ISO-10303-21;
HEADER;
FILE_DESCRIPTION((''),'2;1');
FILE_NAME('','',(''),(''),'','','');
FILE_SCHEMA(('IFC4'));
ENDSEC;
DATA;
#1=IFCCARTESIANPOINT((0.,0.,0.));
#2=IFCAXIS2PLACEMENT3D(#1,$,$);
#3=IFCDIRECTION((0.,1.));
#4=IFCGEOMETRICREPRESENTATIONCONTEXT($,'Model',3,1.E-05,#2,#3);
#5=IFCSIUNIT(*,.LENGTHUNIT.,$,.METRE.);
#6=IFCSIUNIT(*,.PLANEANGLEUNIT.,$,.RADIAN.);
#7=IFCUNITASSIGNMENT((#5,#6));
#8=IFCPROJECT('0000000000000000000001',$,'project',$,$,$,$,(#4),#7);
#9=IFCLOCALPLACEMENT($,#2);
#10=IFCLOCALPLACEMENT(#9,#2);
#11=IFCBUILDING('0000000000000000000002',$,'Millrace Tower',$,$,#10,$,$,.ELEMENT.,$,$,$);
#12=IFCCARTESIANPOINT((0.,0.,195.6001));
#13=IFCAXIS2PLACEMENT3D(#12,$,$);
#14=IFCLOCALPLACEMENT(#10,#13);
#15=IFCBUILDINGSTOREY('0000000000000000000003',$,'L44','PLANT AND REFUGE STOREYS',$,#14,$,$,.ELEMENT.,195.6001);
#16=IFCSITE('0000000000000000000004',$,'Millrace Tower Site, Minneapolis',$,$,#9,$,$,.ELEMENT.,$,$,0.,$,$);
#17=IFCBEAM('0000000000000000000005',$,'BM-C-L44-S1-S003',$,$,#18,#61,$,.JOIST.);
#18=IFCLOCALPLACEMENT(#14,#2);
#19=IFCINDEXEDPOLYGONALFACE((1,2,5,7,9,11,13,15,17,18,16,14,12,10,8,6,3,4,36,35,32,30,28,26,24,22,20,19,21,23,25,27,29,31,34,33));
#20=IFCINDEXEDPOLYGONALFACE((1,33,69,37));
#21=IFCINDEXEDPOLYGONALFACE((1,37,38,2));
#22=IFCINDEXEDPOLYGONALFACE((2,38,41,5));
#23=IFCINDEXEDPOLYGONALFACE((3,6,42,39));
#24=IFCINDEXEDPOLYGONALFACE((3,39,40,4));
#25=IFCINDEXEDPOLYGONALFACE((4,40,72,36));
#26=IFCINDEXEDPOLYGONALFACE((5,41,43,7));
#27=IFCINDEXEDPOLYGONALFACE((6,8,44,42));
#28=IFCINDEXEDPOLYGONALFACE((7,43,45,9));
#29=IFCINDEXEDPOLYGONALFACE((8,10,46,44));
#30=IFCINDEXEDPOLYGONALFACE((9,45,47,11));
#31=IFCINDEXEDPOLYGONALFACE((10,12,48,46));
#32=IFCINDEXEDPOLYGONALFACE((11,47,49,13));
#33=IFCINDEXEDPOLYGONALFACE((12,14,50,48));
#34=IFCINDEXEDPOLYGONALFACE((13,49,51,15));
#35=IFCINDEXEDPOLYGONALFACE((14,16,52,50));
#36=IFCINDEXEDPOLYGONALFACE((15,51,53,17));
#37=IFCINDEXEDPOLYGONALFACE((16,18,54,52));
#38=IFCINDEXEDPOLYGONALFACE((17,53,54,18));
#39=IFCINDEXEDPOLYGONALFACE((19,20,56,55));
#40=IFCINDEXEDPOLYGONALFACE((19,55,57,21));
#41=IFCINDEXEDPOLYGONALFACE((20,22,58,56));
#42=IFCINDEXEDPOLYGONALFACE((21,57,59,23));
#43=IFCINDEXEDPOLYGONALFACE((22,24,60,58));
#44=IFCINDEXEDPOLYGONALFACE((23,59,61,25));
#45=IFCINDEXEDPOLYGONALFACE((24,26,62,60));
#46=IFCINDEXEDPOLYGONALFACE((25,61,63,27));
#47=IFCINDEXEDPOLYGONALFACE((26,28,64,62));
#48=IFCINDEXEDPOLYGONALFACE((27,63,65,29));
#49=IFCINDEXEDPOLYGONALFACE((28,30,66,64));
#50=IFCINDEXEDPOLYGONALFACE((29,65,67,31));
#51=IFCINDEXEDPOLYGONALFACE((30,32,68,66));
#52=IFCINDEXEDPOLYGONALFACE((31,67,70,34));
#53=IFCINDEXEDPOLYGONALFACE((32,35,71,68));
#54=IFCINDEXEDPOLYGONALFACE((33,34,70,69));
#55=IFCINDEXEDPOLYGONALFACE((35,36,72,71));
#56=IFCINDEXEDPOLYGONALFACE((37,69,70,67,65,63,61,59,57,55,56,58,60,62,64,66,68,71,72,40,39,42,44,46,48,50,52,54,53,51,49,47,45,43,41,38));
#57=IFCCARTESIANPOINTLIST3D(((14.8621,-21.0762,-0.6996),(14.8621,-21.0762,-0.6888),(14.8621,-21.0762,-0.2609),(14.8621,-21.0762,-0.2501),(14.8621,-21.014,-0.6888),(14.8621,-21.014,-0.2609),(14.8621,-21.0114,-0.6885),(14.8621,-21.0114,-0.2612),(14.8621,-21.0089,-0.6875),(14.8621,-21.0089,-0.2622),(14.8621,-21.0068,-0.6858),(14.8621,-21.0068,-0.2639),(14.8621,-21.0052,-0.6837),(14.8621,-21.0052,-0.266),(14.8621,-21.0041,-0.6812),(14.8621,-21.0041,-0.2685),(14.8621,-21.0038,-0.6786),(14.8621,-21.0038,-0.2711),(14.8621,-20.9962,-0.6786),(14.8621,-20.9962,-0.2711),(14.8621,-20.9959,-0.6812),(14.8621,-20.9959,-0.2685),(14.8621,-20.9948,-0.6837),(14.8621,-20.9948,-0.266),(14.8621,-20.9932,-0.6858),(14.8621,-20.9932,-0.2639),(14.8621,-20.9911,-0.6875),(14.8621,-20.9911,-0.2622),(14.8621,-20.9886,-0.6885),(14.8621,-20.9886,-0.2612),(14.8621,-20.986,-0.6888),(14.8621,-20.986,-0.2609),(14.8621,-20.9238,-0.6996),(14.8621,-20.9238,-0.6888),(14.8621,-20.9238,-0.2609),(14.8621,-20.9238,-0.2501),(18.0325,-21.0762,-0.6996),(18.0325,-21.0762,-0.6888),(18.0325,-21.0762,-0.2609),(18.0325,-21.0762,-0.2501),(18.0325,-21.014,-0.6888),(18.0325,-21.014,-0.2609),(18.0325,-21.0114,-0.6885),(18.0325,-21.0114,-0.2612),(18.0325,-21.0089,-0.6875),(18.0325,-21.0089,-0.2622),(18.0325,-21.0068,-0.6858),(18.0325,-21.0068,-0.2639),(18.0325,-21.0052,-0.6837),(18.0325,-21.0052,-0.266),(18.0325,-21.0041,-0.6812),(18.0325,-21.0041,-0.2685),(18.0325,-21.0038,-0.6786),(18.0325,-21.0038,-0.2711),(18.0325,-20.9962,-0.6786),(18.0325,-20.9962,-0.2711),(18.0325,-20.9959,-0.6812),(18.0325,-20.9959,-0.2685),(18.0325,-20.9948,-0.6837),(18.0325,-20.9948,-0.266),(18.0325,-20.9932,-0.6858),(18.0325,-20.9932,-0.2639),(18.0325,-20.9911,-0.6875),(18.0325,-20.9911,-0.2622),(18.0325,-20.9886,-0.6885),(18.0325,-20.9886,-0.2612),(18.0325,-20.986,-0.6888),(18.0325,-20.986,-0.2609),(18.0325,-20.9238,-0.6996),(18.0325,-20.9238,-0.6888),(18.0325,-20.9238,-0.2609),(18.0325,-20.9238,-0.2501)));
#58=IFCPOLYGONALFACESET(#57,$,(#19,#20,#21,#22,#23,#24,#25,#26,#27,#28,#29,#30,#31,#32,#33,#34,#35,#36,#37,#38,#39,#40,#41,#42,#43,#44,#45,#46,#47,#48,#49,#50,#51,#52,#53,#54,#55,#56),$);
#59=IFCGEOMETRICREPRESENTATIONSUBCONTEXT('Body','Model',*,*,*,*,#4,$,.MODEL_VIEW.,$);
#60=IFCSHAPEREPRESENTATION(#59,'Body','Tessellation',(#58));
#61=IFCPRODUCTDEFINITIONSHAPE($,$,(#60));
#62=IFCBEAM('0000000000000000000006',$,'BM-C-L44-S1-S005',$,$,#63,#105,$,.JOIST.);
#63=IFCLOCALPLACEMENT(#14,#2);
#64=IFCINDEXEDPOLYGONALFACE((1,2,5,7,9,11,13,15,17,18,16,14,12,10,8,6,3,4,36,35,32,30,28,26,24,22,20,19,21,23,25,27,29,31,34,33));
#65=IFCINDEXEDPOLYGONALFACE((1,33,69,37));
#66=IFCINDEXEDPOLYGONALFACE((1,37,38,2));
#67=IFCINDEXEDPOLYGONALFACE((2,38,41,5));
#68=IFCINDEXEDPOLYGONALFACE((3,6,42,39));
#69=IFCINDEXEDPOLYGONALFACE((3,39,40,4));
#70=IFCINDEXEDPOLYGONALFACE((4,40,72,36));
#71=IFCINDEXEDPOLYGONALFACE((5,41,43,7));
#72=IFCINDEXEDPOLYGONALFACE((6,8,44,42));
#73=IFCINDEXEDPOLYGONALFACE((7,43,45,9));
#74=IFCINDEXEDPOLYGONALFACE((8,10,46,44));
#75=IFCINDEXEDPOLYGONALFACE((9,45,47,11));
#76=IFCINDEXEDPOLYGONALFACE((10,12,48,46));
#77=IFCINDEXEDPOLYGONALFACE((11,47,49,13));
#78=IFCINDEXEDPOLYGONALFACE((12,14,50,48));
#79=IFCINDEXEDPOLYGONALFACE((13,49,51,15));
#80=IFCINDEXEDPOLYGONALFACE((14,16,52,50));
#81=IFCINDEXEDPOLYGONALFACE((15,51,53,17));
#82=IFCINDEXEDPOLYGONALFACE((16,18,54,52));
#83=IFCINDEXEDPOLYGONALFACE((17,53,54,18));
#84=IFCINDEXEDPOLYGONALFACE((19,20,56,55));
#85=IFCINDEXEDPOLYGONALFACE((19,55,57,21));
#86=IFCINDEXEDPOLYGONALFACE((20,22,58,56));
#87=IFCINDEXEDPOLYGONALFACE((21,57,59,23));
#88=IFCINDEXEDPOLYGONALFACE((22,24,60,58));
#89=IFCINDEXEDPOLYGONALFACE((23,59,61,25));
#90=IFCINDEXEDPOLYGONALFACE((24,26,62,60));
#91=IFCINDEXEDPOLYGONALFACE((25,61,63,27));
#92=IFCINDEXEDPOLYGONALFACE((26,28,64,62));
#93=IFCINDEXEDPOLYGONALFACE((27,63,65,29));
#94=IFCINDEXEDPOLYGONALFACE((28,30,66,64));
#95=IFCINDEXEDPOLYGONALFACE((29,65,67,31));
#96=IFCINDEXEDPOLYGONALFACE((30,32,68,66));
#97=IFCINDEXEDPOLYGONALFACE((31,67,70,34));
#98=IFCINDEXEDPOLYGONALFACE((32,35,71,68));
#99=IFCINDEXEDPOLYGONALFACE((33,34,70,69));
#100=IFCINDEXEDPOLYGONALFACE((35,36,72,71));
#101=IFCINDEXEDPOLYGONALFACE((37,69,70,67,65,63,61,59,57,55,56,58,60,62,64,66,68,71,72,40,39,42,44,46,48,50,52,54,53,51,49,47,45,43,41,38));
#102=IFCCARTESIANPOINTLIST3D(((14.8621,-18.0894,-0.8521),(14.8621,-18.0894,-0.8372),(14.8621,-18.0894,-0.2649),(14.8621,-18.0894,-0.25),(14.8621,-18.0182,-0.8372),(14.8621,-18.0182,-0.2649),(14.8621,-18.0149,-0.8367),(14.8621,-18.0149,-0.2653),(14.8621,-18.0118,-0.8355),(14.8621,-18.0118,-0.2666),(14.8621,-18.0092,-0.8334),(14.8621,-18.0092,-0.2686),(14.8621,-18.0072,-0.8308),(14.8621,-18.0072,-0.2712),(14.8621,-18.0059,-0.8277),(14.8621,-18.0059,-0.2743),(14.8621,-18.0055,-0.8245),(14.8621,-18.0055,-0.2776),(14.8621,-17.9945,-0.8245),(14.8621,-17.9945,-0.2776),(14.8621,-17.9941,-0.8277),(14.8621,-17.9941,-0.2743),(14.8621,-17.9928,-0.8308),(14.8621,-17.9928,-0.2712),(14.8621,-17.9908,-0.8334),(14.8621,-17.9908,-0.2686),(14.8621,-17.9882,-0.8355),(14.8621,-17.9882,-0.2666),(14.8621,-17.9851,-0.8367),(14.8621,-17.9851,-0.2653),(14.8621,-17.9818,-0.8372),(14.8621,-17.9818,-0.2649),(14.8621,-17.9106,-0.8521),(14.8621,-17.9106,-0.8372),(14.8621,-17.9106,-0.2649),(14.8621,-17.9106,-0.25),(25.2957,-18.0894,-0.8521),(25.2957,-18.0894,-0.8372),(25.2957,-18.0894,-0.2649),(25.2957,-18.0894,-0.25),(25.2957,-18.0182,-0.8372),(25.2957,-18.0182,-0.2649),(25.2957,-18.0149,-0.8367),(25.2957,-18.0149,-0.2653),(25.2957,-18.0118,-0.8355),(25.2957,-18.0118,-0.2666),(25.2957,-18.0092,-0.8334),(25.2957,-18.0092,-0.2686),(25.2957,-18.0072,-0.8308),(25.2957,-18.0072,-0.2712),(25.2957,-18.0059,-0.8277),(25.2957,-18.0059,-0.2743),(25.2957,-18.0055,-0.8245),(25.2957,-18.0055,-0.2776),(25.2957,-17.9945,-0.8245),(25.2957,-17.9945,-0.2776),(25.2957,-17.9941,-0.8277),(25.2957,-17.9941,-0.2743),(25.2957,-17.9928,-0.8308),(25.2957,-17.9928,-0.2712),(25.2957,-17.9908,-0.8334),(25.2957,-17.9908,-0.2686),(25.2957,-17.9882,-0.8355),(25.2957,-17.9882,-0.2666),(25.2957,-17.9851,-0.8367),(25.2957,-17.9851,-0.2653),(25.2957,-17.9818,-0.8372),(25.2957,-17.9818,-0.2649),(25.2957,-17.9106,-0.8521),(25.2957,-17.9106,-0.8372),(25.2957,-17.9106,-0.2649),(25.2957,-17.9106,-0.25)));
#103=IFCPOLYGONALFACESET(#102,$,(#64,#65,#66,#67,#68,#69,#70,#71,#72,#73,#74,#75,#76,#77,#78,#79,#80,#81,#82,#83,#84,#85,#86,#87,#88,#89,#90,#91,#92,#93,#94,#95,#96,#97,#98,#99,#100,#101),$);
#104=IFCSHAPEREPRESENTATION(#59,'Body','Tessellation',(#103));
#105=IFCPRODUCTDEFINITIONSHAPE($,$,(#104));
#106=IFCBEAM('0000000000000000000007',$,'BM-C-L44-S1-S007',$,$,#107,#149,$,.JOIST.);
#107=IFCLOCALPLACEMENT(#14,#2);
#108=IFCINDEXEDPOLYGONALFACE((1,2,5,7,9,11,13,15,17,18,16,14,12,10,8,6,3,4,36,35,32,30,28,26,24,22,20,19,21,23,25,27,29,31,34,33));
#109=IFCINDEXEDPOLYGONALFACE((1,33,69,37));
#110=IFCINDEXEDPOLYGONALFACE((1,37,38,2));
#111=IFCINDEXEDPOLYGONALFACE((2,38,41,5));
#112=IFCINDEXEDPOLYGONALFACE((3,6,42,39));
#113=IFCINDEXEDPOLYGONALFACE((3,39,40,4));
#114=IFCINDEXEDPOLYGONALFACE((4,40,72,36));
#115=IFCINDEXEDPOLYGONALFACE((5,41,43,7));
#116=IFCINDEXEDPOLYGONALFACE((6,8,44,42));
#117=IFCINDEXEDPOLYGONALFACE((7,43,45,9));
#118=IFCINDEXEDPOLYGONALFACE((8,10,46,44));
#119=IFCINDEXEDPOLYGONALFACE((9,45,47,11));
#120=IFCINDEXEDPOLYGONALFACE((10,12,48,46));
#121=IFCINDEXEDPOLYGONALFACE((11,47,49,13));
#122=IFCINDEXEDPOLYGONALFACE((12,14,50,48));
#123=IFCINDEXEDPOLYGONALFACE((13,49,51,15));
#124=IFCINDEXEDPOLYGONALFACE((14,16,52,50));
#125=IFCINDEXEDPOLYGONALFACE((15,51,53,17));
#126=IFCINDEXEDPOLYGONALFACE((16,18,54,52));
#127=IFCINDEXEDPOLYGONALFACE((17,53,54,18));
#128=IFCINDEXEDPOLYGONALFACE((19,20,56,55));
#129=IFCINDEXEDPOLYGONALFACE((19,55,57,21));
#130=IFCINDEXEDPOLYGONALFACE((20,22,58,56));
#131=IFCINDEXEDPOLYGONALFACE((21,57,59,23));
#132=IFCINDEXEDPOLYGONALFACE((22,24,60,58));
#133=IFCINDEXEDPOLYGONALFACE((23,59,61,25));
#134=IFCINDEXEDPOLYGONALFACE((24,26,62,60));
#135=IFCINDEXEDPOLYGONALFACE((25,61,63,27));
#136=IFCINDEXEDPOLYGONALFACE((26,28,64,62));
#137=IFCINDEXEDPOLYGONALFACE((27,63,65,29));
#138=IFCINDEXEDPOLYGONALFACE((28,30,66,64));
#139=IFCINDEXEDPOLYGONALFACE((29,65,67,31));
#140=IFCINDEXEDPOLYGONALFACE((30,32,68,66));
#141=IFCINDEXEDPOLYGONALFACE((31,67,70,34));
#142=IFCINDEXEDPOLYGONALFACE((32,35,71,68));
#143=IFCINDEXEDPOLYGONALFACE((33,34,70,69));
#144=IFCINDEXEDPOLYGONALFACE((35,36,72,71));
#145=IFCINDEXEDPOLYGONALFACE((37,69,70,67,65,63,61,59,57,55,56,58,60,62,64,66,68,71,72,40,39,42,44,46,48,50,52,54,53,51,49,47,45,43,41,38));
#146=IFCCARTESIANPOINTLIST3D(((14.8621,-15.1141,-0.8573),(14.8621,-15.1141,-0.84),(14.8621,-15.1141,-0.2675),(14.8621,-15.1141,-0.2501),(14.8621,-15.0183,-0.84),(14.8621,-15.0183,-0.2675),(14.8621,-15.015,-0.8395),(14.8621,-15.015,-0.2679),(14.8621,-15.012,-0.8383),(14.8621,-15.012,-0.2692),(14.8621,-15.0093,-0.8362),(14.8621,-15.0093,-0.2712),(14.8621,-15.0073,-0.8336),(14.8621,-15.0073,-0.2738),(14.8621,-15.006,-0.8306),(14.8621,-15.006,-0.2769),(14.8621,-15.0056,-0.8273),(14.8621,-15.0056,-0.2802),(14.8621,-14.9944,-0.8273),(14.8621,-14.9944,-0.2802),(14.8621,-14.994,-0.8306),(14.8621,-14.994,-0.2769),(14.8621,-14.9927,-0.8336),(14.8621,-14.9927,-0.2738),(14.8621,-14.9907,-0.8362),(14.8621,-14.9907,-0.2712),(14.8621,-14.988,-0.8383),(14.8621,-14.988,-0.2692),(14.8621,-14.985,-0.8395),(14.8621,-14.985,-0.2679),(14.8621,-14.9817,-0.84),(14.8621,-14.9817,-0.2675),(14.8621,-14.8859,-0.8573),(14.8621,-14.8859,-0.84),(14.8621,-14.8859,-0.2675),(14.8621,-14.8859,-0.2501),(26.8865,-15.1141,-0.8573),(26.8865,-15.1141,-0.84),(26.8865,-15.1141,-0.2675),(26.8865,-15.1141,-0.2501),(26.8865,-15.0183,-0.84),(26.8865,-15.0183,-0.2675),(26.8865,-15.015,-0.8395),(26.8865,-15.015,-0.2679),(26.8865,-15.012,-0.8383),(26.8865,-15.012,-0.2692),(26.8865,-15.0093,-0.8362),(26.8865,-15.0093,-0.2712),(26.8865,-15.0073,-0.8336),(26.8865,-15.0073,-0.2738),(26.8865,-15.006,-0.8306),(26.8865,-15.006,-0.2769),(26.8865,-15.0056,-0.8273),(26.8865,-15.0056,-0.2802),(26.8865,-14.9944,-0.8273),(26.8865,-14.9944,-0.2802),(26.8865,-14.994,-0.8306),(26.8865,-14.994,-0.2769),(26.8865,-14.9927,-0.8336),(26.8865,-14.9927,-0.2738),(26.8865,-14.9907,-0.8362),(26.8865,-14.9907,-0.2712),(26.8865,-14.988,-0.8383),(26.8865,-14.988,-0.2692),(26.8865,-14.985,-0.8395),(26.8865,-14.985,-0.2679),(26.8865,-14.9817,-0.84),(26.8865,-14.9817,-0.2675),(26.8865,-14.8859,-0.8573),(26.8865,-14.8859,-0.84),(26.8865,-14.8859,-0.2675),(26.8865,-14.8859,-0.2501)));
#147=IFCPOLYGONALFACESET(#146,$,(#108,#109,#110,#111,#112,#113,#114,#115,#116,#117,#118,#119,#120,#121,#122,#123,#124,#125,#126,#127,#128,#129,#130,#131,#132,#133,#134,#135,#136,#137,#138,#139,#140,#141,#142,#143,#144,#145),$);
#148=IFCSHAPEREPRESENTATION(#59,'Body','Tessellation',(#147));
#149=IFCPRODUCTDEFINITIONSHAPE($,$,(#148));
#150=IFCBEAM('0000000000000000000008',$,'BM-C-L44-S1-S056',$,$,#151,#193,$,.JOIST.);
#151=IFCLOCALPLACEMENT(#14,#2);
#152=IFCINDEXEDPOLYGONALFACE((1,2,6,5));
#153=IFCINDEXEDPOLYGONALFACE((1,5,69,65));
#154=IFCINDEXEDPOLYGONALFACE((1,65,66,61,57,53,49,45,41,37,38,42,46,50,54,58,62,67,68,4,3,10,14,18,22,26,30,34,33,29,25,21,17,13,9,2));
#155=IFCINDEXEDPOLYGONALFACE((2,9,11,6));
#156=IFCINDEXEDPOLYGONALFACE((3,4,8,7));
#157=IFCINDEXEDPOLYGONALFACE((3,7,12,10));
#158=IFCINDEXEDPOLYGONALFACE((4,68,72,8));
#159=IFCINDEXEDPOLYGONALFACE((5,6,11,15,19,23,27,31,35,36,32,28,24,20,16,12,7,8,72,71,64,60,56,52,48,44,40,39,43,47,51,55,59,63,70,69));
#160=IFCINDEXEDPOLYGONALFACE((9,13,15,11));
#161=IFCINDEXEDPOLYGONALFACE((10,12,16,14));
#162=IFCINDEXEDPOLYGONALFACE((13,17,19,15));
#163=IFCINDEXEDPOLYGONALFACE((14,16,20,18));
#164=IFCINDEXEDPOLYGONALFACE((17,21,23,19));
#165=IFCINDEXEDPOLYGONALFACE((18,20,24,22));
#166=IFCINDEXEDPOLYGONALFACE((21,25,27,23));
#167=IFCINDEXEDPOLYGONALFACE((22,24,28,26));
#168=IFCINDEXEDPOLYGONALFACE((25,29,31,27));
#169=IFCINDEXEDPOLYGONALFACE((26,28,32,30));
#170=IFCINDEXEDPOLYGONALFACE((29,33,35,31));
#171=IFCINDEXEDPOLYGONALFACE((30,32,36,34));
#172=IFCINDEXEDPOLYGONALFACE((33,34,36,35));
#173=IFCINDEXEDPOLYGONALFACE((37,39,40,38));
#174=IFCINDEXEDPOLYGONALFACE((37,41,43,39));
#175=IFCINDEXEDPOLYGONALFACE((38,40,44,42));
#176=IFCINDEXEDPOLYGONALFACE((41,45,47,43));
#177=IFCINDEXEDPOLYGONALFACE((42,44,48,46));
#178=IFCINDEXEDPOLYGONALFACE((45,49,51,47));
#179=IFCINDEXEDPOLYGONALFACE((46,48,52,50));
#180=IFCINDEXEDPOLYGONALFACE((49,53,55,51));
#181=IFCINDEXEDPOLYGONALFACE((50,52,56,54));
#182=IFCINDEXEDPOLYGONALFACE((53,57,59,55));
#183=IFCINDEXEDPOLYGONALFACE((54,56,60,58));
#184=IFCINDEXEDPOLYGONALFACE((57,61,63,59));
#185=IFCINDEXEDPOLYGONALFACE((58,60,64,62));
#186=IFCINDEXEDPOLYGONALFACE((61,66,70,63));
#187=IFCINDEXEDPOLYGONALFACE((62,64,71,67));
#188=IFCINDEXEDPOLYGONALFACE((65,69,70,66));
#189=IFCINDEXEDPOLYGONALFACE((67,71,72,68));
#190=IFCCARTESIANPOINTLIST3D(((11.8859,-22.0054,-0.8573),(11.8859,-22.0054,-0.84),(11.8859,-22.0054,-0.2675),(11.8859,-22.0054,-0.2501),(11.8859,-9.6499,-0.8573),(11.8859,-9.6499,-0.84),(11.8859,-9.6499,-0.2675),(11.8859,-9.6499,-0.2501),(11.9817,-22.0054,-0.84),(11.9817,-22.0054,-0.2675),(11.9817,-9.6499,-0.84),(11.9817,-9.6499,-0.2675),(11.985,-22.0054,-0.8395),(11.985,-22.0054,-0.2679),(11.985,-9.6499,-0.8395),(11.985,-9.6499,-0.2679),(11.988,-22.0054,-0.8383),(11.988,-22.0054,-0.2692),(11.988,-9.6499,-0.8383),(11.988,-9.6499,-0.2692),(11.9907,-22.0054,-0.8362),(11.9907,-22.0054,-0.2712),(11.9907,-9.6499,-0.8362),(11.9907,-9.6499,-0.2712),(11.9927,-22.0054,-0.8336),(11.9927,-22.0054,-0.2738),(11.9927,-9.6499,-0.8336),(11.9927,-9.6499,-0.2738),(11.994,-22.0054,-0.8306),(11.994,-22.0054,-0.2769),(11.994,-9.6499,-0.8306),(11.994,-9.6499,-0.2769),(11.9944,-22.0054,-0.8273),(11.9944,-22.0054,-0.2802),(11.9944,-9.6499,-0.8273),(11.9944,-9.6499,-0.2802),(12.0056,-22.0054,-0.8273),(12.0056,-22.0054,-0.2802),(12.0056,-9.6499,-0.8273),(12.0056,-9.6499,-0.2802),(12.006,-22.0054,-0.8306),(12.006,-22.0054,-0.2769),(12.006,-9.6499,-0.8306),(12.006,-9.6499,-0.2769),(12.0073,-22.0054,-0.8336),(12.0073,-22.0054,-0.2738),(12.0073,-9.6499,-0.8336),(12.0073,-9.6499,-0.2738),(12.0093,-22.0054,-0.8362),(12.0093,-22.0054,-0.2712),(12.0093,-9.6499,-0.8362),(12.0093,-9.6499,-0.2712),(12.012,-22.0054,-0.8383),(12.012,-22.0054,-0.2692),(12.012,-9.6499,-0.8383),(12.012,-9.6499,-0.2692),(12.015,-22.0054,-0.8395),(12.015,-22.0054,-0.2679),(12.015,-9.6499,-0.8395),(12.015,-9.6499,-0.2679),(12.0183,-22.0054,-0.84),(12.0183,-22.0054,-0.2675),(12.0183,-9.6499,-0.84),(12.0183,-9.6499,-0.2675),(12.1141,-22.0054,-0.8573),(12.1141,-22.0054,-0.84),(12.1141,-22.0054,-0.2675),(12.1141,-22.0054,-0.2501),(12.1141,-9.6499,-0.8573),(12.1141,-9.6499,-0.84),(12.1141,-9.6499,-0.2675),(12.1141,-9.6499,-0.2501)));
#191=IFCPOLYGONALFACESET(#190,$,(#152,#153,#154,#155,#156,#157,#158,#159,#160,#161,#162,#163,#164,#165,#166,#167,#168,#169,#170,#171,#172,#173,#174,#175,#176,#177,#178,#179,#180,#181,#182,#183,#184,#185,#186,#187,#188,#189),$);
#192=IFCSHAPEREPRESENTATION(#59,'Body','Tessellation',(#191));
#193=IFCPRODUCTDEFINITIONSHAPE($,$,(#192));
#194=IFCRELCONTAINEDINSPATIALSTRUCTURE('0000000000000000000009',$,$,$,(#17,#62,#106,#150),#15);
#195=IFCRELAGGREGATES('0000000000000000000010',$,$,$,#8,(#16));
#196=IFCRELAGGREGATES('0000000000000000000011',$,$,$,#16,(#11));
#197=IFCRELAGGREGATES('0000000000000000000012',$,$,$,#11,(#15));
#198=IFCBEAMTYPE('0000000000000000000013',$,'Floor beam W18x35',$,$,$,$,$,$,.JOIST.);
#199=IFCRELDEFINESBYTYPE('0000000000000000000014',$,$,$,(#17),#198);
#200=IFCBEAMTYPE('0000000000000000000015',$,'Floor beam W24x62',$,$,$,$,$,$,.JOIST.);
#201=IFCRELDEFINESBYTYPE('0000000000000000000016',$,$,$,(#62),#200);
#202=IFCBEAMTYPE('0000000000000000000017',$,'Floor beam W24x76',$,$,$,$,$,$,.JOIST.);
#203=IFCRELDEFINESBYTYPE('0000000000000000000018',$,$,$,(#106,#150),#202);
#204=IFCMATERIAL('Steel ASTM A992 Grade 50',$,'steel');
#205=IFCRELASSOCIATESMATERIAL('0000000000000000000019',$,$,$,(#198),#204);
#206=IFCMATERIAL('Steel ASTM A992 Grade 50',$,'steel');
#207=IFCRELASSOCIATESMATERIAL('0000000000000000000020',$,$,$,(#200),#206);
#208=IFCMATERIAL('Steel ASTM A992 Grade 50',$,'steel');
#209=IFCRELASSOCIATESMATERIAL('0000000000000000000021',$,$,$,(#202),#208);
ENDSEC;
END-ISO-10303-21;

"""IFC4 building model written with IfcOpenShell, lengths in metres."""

from ifc_helpers import new_model, si_unit, direction, frame, origin, origin_2d, place, context, subcontext, project, spatial, i_section, extrude, material, material_profile, profile_set, type_object, element, save


model = new_model("IFC4")

# Units and contexts
model_context = context("Model", 3, precision=1e-05, world=origin(), true_north=direction((0.0, 1.0)))
body_context = subcontext(model_context, "Body", "Model", "MODEL_VIEW")
ifc_project = project(units=[si_unit("LENGTHUNIT", "METRE"), si_unit("PLANEANGLEUNIT", "RADIAN")], contexts=[model_context])

# Site, building, storey
site_placement = place(None, origin())
site = spatial("IfcSite", under=ifc_project, at=site_placement, Name="Millrace Tower Site, Minneapolis", CompositionType="ELEMENT", RefElevation=0.0)
building_placement = place(site_placement, origin())
building = spatial("IfcBuilding", under=site, at=building_placement, Name="Millrace Tower", CompositionType="ELEMENT")
storey_placement = place(building_placement, frame((0.0, 0.0, 195.6001)))
storey = spatial("IfcBuildingStorey", under=building, at=storey_placement, Name="L44", Description="PLANT AND REFUGE STOREYS", CompositionType="ELEMENT", Elevation=195.6001)

# Beams
ifc_material_1 = material(Name="Steel ASTM A992 Grade 50", Category="steel")
ifc_material_profile_1 = material_profile(ifc_material_1, i_section(OverallWidth=0.1523, OverallDepth=0.4495, WebThickness=0.0076, FlangeThickness=0.0107, FilletRadius=0.0103, at=origin_2d()))
ifc_profile_set_1 = profile_set([ifc_material_profile_1], Name="Steel ASTM A992 Grade 50")
beam_type_1 = type_object("IfcBeamType", Name="Floor beam W18x35", PredefinedType="JOIST", material=ifc_profile_set_1)
beam_1_placement = place(storey_placement, frame((14.8621, -21.0, -0.4749), z_axis=(1.0, 0.0, 0.0), x_axis=(0.0, 1.0, 0.0)))
element("IfcBeam", 1, at=beam_1_placement, inside=storey, type_object=beam_type_1, Name="BM-C-L44-S1-S003", PredefinedType="JOIST", context=body_context, shape_type="SweptSolid", body=[
    extrude(i_section(OverallWidth=0.1523, OverallDepth=0.4495, WebThickness=0.0076, FlangeThickness=0.0107, FilletRadius=0.0103, at=origin_2d()), origin(), (0.0, 0.0, 1.0), 3.1704),
])
ifc_material_2 = material(Name="Steel ASTM A992 Grade 50", Category="steel")
ifc_material_profile_2 = material_profile(ifc_material_2, i_section(OverallWidth=0.1787, OverallDepth=0.6021, WebThickness=0.011, FlangeThickness=0.0149, FilletRadius=0.0127, at=origin_2d()))
ifc_profile_set_2 = profile_set([ifc_material_profile_2], Name="Steel ASTM A992 Grade 50")
beam_type_2 = type_object("IfcBeamType", Name="Floor beam W24x62", PredefinedType="JOIST", material=ifc_profile_set_2)
beam_2_placement = place(storey_placement, frame((14.8621, -18.0, -0.551), z_axis=(1.0, 0.0, 0.0), x_axis=(0.0, 1.0, 0.0)))
element("IfcBeam", 2, at=beam_2_placement, inside=storey, type_object=beam_type_2, Name="BM-C-L44-S1-S005", PredefinedType="JOIST", context=body_context, shape_type="SweptSolid", body=[
    extrude(i_section(OverallWidth=0.1787, OverallDepth=0.6021, WebThickness=0.011, FlangeThickness=0.0149, FilletRadius=0.0127, at=origin_2d()), origin(), (0.0, 0.0, 1.0), 10.4336),
])
ifc_material_3 = material(Name="Steel ASTM A992 Grade 50", Category="steel")
ifc_material_profile_3 = material_profile(ifc_material_3, i_section(OverallWidth=0.2283, OverallDepth=0.6072, WebThickness=0.0112, FlangeThickness=0.0173, FilletRadius=0.0127, at=origin_2d()))
ifc_profile_set_3 = profile_set([ifc_material_profile_3], Name="Steel ASTM A992 Grade 50")
beam_type_3 = type_object("IfcBeamType", Name="Floor beam W24x76", PredefinedType="JOIST", material=ifc_profile_set_3)
beam_3_placement = place(storey_placement, frame((14.8621, -15.0, -0.5537), z_axis=(1.0, 0.0, 0.0), x_axis=(0.0, 1.0, 0.0)))
element("IfcBeam", 3, at=beam_3_placement, inside=storey, type_object=beam_type_3, Name="BM-C-L44-S1-S007", PredefinedType="JOIST", context=body_context, shape_type="SweptSolid", body=[
    extrude(i_section(OverallWidth=0.2283, OverallDepth=0.6072, WebThickness=0.0112, FlangeThickness=0.0173, FilletRadius=0.0127, at=origin_2d()), origin(), (0.0, 0.0, 1.0), 12.0244),
])
beam_4_placement = place(storey_placement, frame((12.0, -22.0054, -0.5537), z_axis=(0.0, 1.0, 0.0), x_axis=(-1.0, 0.0, 0.0)))
element("IfcBeam", 4, at=beam_4_placement, inside=storey, type_object=beam_type_3, Name="BM-C-L44-S1-S056", PredefinedType="JOIST", context=body_context, shape_type="SweptSolid", body=[
    extrude(i_section(OverallWidth=0.2283, OverallDepth=0.6072, WebThickness=0.0112, FlangeThickness=0.0173, FilletRadius=0.0127, at=origin_2d()), origin(), (0.0, 0.0, 1.0), 12.3555),
])

save(model, "model.ifc")
